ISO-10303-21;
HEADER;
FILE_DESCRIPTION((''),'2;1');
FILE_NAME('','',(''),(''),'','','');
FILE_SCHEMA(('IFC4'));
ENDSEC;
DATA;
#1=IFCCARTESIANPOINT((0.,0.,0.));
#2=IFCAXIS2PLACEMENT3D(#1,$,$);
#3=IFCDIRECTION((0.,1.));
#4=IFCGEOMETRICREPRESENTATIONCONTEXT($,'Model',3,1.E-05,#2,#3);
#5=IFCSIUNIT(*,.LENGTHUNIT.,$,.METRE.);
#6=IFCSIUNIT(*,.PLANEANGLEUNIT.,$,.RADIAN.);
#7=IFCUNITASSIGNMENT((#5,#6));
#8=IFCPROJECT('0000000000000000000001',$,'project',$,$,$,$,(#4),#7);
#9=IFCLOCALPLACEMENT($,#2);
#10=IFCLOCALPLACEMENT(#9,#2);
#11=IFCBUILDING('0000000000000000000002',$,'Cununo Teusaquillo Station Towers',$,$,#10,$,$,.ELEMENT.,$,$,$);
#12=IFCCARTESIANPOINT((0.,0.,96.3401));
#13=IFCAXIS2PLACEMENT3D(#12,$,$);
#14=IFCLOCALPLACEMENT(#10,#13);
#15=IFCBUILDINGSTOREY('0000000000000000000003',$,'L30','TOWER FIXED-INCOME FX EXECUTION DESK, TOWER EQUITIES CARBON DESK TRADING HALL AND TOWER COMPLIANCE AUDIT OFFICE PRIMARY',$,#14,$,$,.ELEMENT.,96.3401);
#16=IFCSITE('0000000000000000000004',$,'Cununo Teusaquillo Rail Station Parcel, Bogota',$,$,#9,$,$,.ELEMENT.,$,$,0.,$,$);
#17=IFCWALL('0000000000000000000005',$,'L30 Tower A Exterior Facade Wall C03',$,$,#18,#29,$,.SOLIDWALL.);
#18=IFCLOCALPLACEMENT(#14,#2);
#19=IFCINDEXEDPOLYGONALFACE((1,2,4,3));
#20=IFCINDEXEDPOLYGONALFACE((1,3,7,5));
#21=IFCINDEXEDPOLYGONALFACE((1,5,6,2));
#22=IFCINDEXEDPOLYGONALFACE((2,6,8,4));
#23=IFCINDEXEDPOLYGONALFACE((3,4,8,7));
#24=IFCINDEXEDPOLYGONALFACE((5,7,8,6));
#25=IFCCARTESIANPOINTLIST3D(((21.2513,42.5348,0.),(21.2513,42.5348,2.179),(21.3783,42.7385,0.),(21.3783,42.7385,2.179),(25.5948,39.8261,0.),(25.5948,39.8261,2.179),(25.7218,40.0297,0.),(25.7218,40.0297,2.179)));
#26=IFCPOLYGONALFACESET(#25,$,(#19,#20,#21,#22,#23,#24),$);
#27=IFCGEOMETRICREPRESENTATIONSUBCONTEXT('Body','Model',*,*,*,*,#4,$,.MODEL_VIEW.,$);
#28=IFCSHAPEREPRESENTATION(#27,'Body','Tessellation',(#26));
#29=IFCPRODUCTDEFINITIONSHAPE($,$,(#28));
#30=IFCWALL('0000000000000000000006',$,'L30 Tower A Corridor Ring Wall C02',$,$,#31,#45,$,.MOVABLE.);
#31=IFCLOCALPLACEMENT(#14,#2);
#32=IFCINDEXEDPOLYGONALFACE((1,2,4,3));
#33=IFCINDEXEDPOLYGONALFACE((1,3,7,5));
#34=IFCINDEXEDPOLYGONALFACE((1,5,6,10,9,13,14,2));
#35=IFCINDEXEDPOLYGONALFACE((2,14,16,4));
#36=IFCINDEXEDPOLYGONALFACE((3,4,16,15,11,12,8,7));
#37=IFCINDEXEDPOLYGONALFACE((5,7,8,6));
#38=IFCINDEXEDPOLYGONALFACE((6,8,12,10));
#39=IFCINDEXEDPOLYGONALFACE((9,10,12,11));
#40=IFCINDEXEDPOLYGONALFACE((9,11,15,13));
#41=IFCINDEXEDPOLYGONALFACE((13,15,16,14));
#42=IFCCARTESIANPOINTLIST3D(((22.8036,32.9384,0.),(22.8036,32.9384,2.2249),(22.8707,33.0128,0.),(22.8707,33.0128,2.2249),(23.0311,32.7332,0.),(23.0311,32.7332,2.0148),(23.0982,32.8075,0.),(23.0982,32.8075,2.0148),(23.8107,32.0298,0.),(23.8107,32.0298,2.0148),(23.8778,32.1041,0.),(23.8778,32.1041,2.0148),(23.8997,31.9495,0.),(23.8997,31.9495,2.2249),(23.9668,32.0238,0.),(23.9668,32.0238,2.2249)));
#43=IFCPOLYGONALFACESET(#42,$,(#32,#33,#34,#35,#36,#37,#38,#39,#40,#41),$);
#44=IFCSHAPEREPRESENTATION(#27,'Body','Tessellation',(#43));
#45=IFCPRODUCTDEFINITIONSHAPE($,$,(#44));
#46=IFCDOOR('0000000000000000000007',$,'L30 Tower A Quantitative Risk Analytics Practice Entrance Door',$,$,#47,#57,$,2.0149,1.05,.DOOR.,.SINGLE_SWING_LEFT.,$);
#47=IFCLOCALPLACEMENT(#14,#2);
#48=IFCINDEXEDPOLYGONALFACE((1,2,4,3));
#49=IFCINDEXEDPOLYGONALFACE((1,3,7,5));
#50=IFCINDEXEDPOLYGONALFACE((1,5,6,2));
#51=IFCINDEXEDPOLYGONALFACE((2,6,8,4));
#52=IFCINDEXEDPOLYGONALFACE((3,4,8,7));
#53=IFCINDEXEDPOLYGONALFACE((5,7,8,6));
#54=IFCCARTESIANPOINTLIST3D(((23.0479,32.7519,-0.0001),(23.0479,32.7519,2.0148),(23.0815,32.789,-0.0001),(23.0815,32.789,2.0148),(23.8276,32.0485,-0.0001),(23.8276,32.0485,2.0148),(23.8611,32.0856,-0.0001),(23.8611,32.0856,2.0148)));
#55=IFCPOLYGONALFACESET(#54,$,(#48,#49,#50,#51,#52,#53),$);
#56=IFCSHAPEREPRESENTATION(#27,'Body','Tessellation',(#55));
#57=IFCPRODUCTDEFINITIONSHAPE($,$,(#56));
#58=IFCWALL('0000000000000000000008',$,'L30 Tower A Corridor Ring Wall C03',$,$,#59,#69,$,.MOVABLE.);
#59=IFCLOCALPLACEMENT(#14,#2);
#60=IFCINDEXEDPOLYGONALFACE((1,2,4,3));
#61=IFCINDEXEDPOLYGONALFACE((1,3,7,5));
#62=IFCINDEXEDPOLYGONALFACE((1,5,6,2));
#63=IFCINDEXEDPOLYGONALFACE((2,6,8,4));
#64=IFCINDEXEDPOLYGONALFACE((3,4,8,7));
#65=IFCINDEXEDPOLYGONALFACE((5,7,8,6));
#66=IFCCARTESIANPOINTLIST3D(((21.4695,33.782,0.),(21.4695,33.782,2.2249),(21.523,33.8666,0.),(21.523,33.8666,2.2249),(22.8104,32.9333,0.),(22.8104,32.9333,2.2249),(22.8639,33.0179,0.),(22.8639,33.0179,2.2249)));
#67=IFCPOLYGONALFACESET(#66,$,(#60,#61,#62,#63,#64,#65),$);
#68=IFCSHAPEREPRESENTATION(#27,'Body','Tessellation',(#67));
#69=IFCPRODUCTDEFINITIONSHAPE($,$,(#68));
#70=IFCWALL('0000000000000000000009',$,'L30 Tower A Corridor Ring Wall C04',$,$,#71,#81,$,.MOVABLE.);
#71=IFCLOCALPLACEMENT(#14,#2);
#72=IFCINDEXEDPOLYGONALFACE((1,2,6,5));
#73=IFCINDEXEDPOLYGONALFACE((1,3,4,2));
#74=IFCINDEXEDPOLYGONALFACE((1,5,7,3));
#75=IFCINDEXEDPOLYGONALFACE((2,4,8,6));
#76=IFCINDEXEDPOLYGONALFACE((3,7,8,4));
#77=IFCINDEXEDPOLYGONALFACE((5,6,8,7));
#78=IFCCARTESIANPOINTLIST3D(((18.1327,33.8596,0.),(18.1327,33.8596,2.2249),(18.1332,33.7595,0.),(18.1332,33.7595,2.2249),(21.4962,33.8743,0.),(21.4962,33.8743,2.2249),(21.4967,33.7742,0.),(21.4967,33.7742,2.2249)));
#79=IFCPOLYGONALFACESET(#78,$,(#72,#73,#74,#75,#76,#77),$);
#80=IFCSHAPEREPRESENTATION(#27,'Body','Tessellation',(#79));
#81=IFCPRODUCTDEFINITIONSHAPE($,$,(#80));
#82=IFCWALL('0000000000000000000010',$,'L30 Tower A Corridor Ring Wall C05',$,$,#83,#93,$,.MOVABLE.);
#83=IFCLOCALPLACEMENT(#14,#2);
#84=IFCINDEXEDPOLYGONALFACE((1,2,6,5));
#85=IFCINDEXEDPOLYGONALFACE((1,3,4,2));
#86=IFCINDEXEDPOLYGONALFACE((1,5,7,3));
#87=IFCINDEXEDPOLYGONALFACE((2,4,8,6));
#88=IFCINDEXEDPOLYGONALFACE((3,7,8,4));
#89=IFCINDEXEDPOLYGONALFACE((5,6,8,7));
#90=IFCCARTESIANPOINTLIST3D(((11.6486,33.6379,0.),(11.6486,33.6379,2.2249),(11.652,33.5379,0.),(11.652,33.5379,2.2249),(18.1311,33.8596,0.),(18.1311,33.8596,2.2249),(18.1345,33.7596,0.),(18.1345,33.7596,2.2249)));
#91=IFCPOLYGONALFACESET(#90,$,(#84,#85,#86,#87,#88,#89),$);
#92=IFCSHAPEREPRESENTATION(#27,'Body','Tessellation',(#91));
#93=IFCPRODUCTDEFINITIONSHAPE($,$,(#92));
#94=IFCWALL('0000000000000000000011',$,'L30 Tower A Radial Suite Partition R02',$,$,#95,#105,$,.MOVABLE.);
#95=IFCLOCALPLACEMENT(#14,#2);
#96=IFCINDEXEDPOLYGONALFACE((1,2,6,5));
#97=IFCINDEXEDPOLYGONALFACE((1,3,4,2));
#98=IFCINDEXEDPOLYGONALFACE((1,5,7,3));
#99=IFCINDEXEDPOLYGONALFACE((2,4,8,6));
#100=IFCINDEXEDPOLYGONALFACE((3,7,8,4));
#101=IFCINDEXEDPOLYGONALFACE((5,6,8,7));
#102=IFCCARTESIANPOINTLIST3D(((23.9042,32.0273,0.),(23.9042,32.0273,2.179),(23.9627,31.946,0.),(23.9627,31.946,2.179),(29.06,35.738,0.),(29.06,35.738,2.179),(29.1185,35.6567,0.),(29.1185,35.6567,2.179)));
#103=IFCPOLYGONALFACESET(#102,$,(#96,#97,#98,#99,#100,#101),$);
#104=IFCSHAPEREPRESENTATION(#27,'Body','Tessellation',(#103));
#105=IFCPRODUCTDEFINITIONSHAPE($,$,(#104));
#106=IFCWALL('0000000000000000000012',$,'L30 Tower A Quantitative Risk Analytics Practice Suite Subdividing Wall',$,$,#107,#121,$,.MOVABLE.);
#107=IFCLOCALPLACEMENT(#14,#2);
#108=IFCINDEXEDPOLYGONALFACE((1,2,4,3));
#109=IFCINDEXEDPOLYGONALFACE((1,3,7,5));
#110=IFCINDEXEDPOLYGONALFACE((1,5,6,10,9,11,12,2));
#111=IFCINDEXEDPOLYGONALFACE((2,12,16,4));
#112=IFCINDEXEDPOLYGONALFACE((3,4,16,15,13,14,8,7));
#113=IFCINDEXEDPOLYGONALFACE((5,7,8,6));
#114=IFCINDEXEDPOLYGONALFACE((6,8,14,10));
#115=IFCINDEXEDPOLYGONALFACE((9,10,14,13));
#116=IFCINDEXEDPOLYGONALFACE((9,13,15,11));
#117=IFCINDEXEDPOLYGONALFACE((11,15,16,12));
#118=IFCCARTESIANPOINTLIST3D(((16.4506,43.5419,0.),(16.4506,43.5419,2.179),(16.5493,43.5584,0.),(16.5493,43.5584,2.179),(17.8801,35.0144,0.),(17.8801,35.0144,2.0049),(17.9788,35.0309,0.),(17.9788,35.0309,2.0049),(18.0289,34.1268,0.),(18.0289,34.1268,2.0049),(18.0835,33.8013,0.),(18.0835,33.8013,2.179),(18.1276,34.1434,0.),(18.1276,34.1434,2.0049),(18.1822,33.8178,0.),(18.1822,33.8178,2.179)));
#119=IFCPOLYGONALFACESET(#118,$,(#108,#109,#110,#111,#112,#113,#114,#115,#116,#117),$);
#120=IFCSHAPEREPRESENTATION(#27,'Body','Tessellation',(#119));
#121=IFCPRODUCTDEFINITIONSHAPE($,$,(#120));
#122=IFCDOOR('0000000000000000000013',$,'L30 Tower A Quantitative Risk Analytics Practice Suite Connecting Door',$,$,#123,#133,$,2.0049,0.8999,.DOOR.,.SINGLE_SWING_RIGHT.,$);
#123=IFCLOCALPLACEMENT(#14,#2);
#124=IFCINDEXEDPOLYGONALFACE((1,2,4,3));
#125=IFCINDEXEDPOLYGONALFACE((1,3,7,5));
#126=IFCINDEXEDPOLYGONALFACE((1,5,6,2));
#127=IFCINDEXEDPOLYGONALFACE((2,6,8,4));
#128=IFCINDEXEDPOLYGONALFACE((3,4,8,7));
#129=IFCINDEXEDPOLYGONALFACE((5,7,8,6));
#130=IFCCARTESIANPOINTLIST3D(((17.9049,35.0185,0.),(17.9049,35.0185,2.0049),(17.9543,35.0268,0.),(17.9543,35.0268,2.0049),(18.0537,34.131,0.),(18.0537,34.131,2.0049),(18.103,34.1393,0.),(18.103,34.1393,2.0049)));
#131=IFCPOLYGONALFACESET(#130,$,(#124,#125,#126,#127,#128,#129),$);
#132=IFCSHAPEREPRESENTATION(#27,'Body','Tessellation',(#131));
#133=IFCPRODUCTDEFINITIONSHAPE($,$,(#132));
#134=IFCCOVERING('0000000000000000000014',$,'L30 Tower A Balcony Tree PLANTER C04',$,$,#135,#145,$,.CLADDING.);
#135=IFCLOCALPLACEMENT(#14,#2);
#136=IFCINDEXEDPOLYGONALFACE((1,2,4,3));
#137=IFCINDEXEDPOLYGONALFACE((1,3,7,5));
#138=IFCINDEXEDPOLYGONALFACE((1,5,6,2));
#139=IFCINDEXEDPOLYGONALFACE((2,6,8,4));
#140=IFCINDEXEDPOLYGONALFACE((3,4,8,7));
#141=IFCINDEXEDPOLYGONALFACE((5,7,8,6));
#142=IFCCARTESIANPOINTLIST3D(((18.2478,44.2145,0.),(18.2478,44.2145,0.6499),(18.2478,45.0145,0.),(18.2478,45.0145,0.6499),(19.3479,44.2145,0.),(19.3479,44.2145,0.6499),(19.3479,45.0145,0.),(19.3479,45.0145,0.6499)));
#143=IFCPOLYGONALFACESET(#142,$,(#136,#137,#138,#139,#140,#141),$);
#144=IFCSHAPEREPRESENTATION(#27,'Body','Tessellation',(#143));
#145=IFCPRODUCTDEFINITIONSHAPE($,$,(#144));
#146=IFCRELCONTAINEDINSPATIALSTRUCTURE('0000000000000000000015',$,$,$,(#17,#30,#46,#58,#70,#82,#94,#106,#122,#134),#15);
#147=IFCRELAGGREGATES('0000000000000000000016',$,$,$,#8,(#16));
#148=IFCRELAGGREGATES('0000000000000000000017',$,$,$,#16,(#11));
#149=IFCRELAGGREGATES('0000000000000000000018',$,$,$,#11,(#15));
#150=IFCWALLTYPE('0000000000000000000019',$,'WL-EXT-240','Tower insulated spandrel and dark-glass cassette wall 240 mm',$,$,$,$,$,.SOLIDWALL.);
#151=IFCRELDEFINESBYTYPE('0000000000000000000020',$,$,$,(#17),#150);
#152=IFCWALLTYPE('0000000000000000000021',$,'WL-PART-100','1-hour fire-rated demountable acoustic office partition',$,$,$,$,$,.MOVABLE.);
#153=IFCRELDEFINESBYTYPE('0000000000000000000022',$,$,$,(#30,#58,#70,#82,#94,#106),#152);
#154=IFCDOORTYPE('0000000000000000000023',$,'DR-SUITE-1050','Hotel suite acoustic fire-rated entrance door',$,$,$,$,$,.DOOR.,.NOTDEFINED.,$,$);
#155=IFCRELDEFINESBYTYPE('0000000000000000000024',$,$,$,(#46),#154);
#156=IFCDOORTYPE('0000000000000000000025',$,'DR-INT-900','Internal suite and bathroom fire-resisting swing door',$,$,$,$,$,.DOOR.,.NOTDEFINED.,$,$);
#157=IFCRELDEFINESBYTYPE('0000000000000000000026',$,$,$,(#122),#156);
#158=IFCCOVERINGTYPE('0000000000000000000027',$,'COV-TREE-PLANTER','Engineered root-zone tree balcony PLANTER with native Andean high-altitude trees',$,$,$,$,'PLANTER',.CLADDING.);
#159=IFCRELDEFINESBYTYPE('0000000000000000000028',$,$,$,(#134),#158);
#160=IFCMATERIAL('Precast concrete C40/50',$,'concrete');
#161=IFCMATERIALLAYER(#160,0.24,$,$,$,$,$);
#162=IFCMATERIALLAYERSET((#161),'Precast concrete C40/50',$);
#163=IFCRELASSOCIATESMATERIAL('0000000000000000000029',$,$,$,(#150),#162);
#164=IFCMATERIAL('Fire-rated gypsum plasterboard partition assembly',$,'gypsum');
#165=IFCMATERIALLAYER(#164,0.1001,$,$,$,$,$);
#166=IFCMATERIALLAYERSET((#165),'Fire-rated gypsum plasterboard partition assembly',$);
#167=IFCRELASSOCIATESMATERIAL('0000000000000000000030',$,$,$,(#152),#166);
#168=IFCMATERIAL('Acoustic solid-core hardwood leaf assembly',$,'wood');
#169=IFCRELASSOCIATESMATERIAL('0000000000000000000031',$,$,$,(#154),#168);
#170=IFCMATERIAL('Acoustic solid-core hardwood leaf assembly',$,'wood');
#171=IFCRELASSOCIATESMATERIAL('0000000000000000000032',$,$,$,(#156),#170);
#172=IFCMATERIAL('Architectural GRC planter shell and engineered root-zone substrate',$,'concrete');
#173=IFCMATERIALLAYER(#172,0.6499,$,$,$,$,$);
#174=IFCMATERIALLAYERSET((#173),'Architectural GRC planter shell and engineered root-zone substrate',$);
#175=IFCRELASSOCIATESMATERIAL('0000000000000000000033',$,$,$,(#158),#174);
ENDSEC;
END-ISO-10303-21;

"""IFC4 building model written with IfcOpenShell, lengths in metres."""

from ifc_helpers import new_model, si_unit, direction, frame, frame_2d, origin, origin_2d, place, context, subcontext, project, spatial, rectangle, extrude, source, transform, mapped, material, layer, layer_set, type_object, element, fill, save


model = new_model("IFC4")

# Units and contexts
model_context = context("Model", 3, precision=1e-05, world=origin(), true_north=direction((0.0, 1.0)))
body_context = subcontext(model_context, "Body", "Model", "MODEL_VIEW")
ifc_project = project(units=[si_unit("LENGTHUNIT", "METRE"), si_unit("PLANEANGLEUNIT", "RADIAN")], contexts=[model_context])

# Site, building, storey
site_placement = place(None, origin())
site = spatial("IfcSite", under=ifc_project, at=site_placement, Name="Cununo Teusaquillo Rail Station Parcel, Bogota", CompositionType="ELEMENT", RefElevation=0.0)
building_placement = place(site_placement, origin())
building = spatial("IfcBuilding", under=site, at=building_placement, Name="Cununo Teusaquillo Station Towers", CompositionType="ELEMENT")
storey_placement = place(building_placement, frame((0.0, 0.0, 96.3401)))
storey = spatial("IfcBuildingStorey", under=building, at=storey_placement, Name="L30", Description="TOWER FIXED-INCOME FX EXECUTION DESK, TOWER EQUITIES CARBON DESK TRADING HALL AND TOWER COMPLIANCE AUDIT OFFICE PRIMARY", CompositionType="ELEMENT", Elevation=96.3401)

# Shared definitions
ifc_material_1 = material(Name="Precast concrete C40/50", Category="concrete")
ifc_layer_1 = layer(ifc_material_1, 0.24)
ifc_layer_set_1 = layer_set([ifc_layer_1], Name="Precast concrete C40/50")
wall_type_1 = type_object("IfcWallType", Name="WL-EXT-240", Description="Tower insulated spandrel and dark-glass cassette wall 240 mm", PredefinedType="SOLIDWALL", material=ifc_layer_set_1)

# Wall
wall_1_placement = place(storey_placement, frame((21.3147, 42.6367, 0.0), z_axis=(0.0, 0.0, 1.0), x_axis=(0.84852, -0.529163, 0.0)))
element("IfcWall", 1, at=wall_1_placement, inside=storey, type_object=wall_type_1, Name="L30 Tower A Exterior Facade Wall C03", PredefinedType="SOLIDWALL", context=body_context, shape_type="SweptSolid", body=[
    extrude(rectangle(XDim=5.1189, YDim=0.24, at=frame_2d((2.5596, 0.0))), origin(), (0.0, 0.0, 1.0), 2.179),
])

# Wall, opening, door
ifc_material_2 = material(Name="Fire-rated gypsum plasterboard partition assembly", Category="gypsum")
ifc_layer_2 = layer(ifc_material_2, 0.1001)
ifc_layer_set_2 = layer_set([ifc_layer_2], Name="Fire-rated gypsum plasterboard partition assembly")
wall_type_2 = type_object("IfcWallType", Name="WL-PART-100", Description="1-hour fire-rated demountable acoustic office partition", PredefinedType="MOVABLE", material=ifc_layer_set_2)
wall_2_placement = place(storey_placement, frame((23.9333, 31.9866, 0.0), z_axis=(0.0, 0.0, 1.0), x_axis=(-0.742471, 0.669878, 0.0)))
wall_2 = element("IfcWall", 2, at=wall_2_placement, inside=storey, type_object=wall_type_2, Name="L30 Tower A Corridor Ring Wall C02", PredefinedType="MOVABLE", context=body_context, shape_type="SweptSolid", body=[
    extrude(rectangle(XDim=1.4763, YDim=0.1001, at=frame_2d((0.7383, 0.0))), origin(), (0.0, 0.0, 1.0), 2.2249),
])
shared_shape_1 = source(origin(), body_context, "Body", "SweptSolid", [
    extrude(rectangle(XDim=1.05, YDim=2.0149, at=frame_2d((0.5249, 1.0073))), frame((0.0, 0.0601, 0.0), z_axis=(0.0, -1.0, 0.0), x_axis=(1.0, 0.0, 0.0)), (0.0, 0.0, 1.0), 0.1201),
])
opening_1_placement = place(wall_2_placement, frame((0.1201, 0.0, 0.0)))
opening_1 = element("IfcOpeningElement", 3, at=opening_1_placement, cuts=wall_2, PredefinedType="OPENING", context=body_context, shape_type="MappedRepresentation", body=[
    mapped(shared_shape_1, transform((0.0, 0.0, 0.0), x_axis=(1.0, 0.0, 0.0), y_axis=(0.0, 1.0, 0.0), z_axis=(0.0, 0.0, 1.0), scale=1.0)),
])
ifc_material_3 = material(Name="Acoustic solid-core hardwood leaf assembly", Category="wood")
door_type_1 = type_object("IfcDoorType", Name="DR-SUITE-1050", Description="Hotel suite acoustic fire-rated entrance door", OperationType="NOTDEFINED", PredefinedType="DOOR", material=ifc_material_3)
shared_shape_2 = source(origin(), body_context, "Body", "SweptSolid", [
    extrude(rectangle(XDim=1.05, YDim=2.0149, at=frame_2d((0.5249, 1.0073))), frame((0.0, 0.0249, 0.0), z_axis=(0.0, -1.0, 0.0), x_axis=(1.0, 0.0, 0.0)), (0.0, 0.0, 1.0), 0.05),
])
door_1_placement = place(opening_1_placement, origin())
door_1 = element("IfcDoor", 4, at=door_1_placement, inside=storey, type_object=door_type_1, Name="L30 Tower A Quantitative Risk Analytics Practice Entrance Door", OperationType="SINGLE_SWING_LEFT", OverallHeight=2.0149, OverallWidth=1.05, PredefinedType="DOOR", context=body_context, shape_type="MappedRepresentation", body=[
    mapped(shared_shape_2, transform((0.0, 0.0, 0.0), x_axis=(1.0, 0.0, 0.0), y_axis=(0.0, 1.0, 0.0), z_axis=(0.0, 0.0, 1.0), scale=1.0)),
])
fill(opening_1, door_1)

# Walls
wall_3_placement = place(storey_placement, frame((22.8372, 32.9756, 0.0), z_axis=(0.0, 0.0, 1.0), x_axis=(-0.844977, 0.534803, 0.0)))
element("IfcWall", 5, at=wall_3_placement, inside=storey, type_object=wall_type_2, Name="L30 Tower A Corridor Ring Wall C03", PredefinedType="MOVABLE", context=body_context, shape_type="SweptSolid", body=[
    extrude(rectangle(XDim=1.5869, YDim=0.1001, at=frame_2d((0.7935, 0.0))), origin(), (0.0, 0.0, 1.0), 2.2249),
])
wall_4_placement = place(storey_placement, frame((21.4963, 33.8242, 0.0), z_axis=(0.0, 0.0, 1.0), x_axis=(-0.999991, -0.004355, 0.0)))
element("IfcWall", 6, at=wall_4_placement, inside=storey, type_object=wall_type_2, Name="L30 Tower A Corridor Ring Wall C04", PredefinedType="MOVABLE", context=body_context, shape_type="SweptSolid", body=[
    extrude(rectangle(XDim=3.3635, YDim=0.1001, at=frame_2d((1.6816, 0.0))), origin(), (0.0, 0.0, 1.0), 2.2249),
])
wall_5_placement = place(storey_placement, frame((18.1328, 33.8096, 0.0), z_axis=(0.0, 0.0, 1.0), x_axis=(-0.999416, -0.034177, 0.0)))
element("IfcWall", 7, at=wall_5_placement, inside=storey, type_object=wall_type_2, Name="L30 Tower A Corridor Ring Wall C05", PredefinedType="MOVABLE", context=body_context, shape_type="SweptSolid", body=[
    extrude(rectangle(XDim=6.4863, YDim=0.1001, at=frame_2d((3.2432, 0.0))), origin(), (0.0, 0.0, 1.0), 2.2249),
])
wall_6_placement = place(storey_placement, frame((23.9333, 31.9866, 0.0), z_axis=(0.0, 0.0, 1.0), x_axis=(0.811643, 0.584154, 0.0)))
element("IfcWall", 8, at=wall_6_placement, inside=storey, type_object=wall_type_2, Name="L30 Tower A Radial Suite Partition R02", PredefinedType="MOVABLE", context=body_context, shape_type="SweptSolid", body=[
    extrude(rectangle(XDim=6.3523, YDim=0.1001, at=frame_2d((3.1763, 0.0))), origin(), (0.0, 0.0, 1.0), 2.179),
])

# Wall, opening, door
wall_7_placement = place(storey_placement, frame((18.1328, 33.8096, 0.0), z_axis=(0.0, 0.0, 1.0), x_axis=(-0.165325, 0.986239, 0.0)))
wall_7 = element("IfcWall", 9, at=wall_7_placement, inside=storey, type_object=wall_type_2, Name="L30 Tower A Quantitative Risk Analytics Practice Suite Subdividing Wall", PredefinedType="MOVABLE", context=body_context, shape_type="SweptSolid", body=[
    extrude(rectangle(XDim=9.8765, YDim=0.1001, at=frame_2d((4.9382, 0.0))), origin(), (0.0, 0.0, 1.0), 2.179),
])
shared_shape_3 = source(origin(), body_context, "Body", "SweptSolid", [
    extrude(rectangle(XDim=0.8999, YDim=2.0049, at=frame_2d((0.45, 1.0024))), frame((0.0, 0.0601, 0.0), z_axis=(0.0, -1.0, 0.0), x_axis=(1.0, 0.0, 0.0)), (0.0, 0.0, 1.0), 0.1201),
])
opening_2_placement = place(wall_7_placement, frame((0.3301, 0.0, 0.0)))
opening_2 = element("IfcOpeningElement", 10, at=opening_2_placement, cuts=wall_7, PredefinedType="OPENING", context=body_context, shape_type="MappedRepresentation", body=[
    mapped(shared_shape_3, transform((0.0, 0.0, 0.0), x_axis=(1.0, 0.0, 0.0), y_axis=(0.0, 1.0, 0.0), z_axis=(0.0, 0.0, 1.0), scale=1.0)),
])
ifc_material_4 = material(Name="Acoustic solid-core hardwood leaf assembly", Category="wood")
door_type_2 = type_object("IfcDoorType", Name="DR-INT-900", Description="Internal suite and bathroom fire-resisting swing door", OperationType="NOTDEFINED", PredefinedType="DOOR", material=ifc_material_4)
shared_shape_4 = source(origin(), body_context, "Body", "SweptSolid", [
    extrude(rectangle(XDim=0.8999, YDim=2.0049, at=frame_2d((0.45, 1.0024))), frame((0.0, 0.0249, 0.0), z_axis=(0.0, -1.0, 0.0), x_axis=(1.0, 0.0, 0.0)), (0.0, 0.0, 1.0), 0.05),
])
door_2_placement = place(opening_2_placement, origin())
door_2 = element("IfcDoor", 11, at=door_2_placement, inside=storey, type_object=door_type_2, Name="L30 Tower A Quantitative Risk Analytics Practice Suite Connecting Door", OperationType="SINGLE_SWING_RIGHT", OverallHeight=2.0049, OverallWidth=0.8999, PredefinedType="DOOR", context=body_context, shape_type="MappedRepresentation", body=[
    mapped(shared_shape_4, transform((0.0, 0.0, 0.0), x_axis=(1.0, 0.0, 0.0), y_axis=(0.0, 1.0, 0.0), z_axis=(0.0, 0.0, 1.0), scale=1.0)),
])
fill(opening_2, door_2)

# Covering
ifc_material_5 = material(Name="Architectural GRC planter shell and engineered root-zone substrate", Category="concrete")
ifc_layer_3 = layer(ifc_material_5, 0.6499)
ifc_layer_set_3 = layer_set([ifc_layer_3], Name="Architectural GRC planter shell and engineered root-zone substrate")
covering_type = type_object("IfcCoveringType", Name="COV-TREE-PLANTER", Description="Engineered root-zone tree balcony PLANTER with native Andean high-altitude trees", ElementType="PLANTER", PredefinedType="CLADDING", material=ifc_layer_set_3)
shared_shape_5 = source(origin(), body_context, "Body", "SweptSolid", [
    extrude(rectangle(XDim=1.1001, YDim=0.8, at=origin_2d()), origin(), (0.0, 0.0, 1.0), 0.6499),
])
covering_placement = place(storey_placement, frame((18.7979, 44.6145, 0.0), z_axis=(0.0, 0.0, 1.0), x_axis=(1.0, 0.0, 0.0)))
element("IfcCovering", 12, at=covering_placement, inside=storey, type_object=covering_type, Name="L30 Tower A Balcony Tree PLANTER C04", PredefinedType="CLADDING", context=body_context, shape_type="MappedRepresentation", body=[
    mapped(shared_shape_5, transform((0.0, 0.0, 0.0), x_axis=(1.0, 0.0, 0.0), y_axis=(0.0, 1.0, 0.0), z_axis=(0.0, 0.0, 1.0), scale=1.0)),
])

save(model, "model.ifc")
